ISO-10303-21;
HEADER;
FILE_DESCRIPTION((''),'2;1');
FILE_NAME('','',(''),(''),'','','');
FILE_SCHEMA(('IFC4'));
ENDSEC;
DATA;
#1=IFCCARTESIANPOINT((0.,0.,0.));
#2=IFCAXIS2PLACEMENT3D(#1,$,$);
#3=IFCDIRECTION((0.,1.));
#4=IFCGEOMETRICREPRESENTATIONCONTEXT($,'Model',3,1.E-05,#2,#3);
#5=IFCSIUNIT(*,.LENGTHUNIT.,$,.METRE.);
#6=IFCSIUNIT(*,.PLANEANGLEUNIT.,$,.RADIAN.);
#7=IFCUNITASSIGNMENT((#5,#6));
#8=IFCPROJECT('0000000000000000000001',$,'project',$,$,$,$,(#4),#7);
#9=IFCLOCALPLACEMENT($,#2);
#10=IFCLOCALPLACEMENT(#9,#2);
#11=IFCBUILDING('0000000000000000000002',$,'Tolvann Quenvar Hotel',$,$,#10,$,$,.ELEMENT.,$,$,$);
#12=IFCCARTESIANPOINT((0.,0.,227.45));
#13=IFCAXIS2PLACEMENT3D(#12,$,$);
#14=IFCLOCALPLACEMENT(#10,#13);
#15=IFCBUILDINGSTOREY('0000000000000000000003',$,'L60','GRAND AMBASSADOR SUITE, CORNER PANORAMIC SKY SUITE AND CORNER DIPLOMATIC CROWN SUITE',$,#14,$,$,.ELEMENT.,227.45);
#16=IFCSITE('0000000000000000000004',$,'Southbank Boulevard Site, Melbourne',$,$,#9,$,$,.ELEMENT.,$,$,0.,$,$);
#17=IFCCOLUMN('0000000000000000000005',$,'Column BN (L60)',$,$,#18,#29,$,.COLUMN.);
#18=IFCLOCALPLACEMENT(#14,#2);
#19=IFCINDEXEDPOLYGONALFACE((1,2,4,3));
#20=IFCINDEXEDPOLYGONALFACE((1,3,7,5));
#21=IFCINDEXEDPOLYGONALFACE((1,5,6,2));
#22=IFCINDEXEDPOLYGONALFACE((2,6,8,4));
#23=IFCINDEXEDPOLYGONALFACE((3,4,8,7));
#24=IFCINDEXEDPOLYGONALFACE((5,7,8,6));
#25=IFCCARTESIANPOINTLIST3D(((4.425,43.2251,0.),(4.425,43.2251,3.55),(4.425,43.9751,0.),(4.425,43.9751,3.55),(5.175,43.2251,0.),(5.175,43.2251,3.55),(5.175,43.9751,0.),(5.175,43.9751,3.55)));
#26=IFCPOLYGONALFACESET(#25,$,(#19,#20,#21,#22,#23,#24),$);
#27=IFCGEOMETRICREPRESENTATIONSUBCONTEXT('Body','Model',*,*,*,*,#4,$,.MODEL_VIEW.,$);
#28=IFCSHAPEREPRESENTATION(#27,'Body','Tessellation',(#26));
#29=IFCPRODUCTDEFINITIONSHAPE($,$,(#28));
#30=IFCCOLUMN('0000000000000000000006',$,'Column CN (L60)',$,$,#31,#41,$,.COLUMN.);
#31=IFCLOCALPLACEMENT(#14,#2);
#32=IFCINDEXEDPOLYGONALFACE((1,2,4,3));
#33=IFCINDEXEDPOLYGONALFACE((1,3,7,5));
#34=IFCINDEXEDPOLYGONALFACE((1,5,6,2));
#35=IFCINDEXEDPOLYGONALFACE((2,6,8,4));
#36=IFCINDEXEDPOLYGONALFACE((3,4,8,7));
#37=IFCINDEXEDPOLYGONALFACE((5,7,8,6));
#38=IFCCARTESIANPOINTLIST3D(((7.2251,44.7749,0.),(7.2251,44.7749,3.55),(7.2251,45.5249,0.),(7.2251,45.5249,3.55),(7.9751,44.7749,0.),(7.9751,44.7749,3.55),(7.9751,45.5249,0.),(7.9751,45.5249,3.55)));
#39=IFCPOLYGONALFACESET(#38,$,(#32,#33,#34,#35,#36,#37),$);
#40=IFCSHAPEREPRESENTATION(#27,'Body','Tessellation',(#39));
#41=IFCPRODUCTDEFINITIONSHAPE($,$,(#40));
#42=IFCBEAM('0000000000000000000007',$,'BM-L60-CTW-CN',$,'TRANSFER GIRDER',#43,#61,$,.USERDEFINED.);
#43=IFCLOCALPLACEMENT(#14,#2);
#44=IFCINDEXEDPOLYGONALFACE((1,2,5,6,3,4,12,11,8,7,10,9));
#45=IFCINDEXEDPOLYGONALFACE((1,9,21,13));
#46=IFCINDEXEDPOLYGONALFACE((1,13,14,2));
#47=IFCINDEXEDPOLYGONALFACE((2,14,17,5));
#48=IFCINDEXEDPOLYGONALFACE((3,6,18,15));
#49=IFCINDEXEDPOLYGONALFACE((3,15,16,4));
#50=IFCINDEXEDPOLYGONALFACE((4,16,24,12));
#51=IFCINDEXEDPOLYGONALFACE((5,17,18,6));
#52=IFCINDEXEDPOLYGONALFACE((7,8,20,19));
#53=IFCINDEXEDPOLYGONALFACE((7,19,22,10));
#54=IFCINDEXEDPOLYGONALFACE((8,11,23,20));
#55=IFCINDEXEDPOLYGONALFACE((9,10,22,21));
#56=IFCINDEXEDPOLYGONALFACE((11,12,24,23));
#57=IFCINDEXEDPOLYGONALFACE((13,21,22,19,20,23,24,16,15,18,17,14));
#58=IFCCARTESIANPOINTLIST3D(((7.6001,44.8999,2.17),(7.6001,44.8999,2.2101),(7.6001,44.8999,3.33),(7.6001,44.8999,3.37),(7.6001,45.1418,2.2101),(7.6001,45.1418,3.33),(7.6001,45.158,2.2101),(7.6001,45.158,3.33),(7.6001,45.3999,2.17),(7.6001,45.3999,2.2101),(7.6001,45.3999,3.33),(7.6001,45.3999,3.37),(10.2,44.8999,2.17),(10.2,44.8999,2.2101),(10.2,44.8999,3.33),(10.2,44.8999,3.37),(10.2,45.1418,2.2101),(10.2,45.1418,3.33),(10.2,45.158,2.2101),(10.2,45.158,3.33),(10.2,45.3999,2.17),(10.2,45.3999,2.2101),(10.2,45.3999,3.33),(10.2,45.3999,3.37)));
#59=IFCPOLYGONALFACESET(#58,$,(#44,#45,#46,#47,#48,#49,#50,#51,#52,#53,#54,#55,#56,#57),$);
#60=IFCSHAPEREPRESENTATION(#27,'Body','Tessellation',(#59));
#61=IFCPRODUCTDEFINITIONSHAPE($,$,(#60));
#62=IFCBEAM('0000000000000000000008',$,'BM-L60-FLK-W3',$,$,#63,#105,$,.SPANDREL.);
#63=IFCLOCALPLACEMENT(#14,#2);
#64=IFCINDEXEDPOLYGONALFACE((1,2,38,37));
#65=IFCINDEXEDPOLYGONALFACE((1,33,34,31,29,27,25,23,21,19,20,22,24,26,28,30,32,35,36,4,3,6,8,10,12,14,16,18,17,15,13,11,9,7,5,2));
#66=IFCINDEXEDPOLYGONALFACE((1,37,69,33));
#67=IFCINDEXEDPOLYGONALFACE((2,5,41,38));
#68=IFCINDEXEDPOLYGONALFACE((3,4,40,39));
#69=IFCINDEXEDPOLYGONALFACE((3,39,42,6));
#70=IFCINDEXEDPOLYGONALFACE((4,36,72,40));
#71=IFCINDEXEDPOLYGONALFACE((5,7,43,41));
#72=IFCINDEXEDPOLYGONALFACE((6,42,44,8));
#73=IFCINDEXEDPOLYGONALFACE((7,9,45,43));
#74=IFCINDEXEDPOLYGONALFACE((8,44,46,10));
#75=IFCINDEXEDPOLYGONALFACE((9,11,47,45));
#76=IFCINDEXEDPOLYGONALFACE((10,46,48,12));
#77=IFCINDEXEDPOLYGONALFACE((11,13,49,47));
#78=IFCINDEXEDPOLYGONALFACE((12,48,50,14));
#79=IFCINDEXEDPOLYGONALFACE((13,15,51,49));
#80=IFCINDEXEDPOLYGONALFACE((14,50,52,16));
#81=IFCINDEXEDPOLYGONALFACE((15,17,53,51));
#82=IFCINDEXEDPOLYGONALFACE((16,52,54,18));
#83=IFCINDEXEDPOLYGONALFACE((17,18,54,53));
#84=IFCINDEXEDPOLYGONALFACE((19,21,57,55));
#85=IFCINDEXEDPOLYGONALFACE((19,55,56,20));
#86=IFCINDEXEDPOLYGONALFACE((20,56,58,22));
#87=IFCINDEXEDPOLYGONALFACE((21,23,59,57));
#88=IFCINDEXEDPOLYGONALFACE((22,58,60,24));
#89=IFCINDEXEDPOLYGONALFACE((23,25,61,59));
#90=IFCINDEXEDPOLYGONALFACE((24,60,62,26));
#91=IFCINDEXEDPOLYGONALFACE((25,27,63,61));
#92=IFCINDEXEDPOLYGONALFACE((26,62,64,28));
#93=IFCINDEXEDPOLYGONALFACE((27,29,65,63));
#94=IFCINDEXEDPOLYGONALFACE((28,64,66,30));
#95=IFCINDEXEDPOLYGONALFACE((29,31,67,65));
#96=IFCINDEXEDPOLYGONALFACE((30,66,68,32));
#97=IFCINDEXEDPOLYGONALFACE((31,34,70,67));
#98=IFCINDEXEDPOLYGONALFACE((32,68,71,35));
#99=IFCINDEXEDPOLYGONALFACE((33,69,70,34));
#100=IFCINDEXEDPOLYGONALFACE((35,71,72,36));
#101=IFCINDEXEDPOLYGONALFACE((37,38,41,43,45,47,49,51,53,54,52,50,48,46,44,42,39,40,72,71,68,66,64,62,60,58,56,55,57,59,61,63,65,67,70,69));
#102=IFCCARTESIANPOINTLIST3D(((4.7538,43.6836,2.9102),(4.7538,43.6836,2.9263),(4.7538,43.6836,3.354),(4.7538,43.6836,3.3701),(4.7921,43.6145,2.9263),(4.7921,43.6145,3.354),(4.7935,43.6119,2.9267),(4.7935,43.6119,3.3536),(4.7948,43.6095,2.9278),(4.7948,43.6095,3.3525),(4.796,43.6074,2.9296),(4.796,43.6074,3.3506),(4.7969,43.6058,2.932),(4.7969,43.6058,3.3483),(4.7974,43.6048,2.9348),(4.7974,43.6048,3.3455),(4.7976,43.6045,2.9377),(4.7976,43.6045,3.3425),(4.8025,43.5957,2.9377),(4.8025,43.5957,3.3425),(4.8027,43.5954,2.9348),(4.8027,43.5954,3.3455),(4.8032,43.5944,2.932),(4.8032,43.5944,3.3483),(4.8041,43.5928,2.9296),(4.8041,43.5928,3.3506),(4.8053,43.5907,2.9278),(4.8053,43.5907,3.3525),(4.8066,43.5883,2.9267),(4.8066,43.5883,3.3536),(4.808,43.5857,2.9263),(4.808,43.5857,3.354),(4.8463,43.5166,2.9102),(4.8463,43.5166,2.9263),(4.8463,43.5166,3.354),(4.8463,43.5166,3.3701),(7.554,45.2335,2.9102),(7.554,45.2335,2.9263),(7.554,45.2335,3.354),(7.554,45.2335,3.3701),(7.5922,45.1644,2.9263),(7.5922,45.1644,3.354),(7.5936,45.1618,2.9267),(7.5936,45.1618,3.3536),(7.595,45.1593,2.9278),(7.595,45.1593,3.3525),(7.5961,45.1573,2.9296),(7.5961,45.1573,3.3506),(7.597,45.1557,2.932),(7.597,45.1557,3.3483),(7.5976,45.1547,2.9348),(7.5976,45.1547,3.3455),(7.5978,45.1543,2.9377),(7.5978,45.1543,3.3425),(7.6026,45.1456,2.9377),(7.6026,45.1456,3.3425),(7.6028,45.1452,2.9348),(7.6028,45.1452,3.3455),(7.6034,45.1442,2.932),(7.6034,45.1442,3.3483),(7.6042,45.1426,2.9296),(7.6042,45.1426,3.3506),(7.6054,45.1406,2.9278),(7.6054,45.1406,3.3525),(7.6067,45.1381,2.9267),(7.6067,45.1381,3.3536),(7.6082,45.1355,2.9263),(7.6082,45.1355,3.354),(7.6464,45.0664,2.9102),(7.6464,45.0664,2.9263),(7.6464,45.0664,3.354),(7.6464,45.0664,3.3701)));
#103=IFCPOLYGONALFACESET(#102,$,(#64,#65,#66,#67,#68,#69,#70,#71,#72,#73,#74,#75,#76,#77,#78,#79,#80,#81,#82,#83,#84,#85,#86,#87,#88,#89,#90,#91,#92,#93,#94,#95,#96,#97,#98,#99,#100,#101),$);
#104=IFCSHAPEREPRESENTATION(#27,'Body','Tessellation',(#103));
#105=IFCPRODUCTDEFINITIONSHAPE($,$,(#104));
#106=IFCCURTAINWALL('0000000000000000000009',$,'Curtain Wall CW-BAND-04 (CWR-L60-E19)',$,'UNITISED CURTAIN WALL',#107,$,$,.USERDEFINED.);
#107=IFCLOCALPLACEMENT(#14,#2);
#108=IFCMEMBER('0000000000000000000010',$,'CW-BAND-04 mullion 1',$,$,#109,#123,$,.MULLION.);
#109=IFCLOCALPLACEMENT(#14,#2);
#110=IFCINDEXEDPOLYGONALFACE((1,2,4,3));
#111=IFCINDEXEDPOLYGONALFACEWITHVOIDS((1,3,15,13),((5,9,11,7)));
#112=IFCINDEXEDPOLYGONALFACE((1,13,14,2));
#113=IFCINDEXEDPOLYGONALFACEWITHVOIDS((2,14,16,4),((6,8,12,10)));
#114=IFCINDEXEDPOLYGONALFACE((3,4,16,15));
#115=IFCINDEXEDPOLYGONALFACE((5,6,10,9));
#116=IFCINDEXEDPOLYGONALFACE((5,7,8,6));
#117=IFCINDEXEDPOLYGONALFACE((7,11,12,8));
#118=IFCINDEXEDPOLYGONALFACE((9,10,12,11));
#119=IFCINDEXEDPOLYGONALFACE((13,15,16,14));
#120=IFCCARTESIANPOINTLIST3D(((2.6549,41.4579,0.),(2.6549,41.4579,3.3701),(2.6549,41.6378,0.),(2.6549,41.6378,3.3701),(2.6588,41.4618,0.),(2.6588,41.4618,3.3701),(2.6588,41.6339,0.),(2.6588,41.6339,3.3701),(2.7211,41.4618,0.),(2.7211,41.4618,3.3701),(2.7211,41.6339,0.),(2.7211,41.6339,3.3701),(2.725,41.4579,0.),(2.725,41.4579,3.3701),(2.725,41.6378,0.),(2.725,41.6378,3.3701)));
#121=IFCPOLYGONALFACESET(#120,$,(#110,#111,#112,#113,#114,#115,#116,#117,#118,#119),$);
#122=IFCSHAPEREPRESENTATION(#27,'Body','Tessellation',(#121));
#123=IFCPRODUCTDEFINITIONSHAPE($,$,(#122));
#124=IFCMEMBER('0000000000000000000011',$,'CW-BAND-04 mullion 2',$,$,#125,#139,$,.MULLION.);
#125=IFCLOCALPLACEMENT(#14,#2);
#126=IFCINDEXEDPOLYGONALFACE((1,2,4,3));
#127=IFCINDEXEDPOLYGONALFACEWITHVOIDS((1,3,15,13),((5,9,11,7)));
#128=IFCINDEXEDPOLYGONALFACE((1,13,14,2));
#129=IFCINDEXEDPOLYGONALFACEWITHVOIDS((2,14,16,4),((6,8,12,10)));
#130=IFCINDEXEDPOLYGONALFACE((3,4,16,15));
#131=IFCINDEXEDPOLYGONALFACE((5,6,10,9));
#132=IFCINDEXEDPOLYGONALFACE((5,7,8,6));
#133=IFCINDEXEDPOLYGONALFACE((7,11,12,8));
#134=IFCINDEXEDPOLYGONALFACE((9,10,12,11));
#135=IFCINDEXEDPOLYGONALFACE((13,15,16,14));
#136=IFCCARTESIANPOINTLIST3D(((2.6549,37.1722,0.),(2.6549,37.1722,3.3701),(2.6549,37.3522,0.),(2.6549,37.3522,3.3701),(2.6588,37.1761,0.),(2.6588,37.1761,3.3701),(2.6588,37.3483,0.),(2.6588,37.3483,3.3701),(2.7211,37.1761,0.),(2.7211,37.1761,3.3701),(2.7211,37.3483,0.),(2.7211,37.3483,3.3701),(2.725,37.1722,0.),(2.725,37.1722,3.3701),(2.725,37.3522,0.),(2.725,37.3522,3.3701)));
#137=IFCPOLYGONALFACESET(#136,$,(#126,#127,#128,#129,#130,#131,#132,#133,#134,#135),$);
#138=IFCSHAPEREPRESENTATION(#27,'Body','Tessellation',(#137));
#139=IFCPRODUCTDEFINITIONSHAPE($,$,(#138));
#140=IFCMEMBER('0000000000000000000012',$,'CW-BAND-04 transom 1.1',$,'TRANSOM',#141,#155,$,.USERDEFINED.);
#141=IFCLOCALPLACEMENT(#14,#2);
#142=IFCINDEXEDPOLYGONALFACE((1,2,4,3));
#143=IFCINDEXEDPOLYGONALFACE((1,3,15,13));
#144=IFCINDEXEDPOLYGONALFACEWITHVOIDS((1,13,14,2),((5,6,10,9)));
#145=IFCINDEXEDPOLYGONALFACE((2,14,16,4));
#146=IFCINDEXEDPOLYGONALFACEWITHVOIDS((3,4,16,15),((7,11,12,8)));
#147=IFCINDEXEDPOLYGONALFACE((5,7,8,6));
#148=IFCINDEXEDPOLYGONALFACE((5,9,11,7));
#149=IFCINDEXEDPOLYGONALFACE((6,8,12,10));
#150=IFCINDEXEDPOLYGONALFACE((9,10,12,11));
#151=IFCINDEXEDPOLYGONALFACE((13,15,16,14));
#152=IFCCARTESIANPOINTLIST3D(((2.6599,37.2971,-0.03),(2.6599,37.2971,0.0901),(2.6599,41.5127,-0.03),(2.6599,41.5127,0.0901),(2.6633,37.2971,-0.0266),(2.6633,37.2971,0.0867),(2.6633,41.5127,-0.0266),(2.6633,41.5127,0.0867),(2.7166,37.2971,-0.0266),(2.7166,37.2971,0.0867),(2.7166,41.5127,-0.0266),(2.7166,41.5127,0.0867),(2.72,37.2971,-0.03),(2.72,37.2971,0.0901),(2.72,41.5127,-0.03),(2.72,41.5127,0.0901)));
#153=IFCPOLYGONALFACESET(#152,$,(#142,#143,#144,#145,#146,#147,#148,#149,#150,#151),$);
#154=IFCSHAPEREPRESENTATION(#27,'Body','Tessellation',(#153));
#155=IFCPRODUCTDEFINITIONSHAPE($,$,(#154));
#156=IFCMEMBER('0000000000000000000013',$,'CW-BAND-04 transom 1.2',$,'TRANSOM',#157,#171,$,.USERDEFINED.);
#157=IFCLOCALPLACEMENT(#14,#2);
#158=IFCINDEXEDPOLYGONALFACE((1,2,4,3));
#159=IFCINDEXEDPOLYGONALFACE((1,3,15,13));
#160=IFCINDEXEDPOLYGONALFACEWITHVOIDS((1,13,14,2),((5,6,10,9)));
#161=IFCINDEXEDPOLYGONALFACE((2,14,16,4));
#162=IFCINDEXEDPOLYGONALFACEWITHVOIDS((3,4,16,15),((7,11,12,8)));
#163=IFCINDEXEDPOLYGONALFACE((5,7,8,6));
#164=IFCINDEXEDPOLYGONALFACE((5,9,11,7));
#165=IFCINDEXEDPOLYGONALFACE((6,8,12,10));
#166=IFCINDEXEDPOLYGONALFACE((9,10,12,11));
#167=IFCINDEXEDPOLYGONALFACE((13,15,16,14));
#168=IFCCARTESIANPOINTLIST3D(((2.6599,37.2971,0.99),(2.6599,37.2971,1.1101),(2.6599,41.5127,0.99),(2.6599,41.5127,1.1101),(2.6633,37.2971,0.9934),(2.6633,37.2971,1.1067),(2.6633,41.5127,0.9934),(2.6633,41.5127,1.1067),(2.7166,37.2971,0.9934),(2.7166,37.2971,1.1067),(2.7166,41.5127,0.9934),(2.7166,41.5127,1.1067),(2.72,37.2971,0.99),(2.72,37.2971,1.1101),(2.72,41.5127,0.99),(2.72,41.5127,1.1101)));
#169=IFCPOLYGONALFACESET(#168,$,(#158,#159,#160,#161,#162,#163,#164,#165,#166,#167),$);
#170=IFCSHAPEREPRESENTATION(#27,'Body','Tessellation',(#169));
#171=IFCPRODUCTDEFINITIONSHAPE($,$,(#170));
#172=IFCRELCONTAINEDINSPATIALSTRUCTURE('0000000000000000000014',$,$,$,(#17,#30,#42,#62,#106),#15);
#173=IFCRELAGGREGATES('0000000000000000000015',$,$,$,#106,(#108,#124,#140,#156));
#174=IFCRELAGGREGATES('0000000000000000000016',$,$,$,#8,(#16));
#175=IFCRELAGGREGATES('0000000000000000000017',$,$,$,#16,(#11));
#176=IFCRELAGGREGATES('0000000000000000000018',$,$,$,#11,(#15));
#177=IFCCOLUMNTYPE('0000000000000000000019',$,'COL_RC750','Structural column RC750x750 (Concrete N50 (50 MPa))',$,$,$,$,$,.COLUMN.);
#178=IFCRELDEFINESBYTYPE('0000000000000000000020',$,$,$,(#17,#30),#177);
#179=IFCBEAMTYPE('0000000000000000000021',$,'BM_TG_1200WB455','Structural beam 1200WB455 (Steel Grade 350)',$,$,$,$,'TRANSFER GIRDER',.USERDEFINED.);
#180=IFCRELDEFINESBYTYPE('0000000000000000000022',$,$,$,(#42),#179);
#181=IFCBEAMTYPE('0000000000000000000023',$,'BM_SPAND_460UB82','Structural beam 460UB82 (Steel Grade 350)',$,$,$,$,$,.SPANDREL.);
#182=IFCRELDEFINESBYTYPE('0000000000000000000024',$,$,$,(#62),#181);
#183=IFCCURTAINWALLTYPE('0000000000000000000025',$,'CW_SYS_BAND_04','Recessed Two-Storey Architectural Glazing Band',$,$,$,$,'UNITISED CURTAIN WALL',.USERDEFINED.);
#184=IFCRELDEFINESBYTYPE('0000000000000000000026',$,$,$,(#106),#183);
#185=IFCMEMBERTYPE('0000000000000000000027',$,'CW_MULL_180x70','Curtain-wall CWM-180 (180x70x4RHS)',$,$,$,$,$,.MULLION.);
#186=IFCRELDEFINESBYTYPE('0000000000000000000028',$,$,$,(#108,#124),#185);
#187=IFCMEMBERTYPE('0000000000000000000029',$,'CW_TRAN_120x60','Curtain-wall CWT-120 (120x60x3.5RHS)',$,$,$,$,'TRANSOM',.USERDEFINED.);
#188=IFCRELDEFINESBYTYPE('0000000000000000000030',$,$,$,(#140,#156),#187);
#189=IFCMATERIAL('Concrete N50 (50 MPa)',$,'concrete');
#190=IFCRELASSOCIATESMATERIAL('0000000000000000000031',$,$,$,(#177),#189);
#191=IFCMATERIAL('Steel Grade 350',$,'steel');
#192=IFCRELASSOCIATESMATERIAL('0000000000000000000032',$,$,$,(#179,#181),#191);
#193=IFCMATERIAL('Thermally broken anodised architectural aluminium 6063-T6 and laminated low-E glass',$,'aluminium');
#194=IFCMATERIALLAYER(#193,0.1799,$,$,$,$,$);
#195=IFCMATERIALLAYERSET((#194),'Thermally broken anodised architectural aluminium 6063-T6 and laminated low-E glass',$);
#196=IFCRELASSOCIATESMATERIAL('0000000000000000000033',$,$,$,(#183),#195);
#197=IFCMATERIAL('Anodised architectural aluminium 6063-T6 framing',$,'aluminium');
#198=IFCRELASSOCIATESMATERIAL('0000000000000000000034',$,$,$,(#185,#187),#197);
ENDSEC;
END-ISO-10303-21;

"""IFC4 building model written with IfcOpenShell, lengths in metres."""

from ifc_helpers import new_model, si_unit, direction, frame, origin, origin_2d, place, context, subcontext, project, spatial, rectangle, hollow_rectangle, i_section, extrude, source, transform, mapped, material, layer, layer_set, material_profile, profile_set, type_object, type_shapes, element, aggregate, save


model = new_model("IFC4")

# Units and contexts
model_context = context("Model", 3, precision=1e-05, world=origin(), true_north=direction((0.0, 1.0)))
body_context = subcontext(model_context, "Body", "Model", "MODEL_VIEW")
ifc_project = project(units=[si_unit("LENGTHUNIT", "METRE"), si_unit("PLANEANGLEUNIT", "RADIAN")], contexts=[model_context])

# Site, building, storey
site_placement = place(None, origin())
site = spatial("IfcSite", under=ifc_project, at=site_placement, Name="Southbank Boulevard Site, Melbourne", CompositionType="ELEMENT", RefElevation=0.0)
building_placement = place(site_placement, origin())
building = spatial("IfcBuilding", under=site, at=building_placement, Name="Tolvann Quenvar Hotel", CompositionType="ELEMENT")
storey_placement = place(building_placement, frame((0.0, 0.0, 227.45)))
storey = spatial("IfcBuildingStorey", under=building, at=storey_placement, Name="L60", Description="GRAND AMBASSADOR SUITE, CORNER PANORAMIC SKY SUITE AND CORNER DIPLOMATIC CROWN SUITE", CompositionType="ELEMENT", Elevation=227.45)

# Columns
ifc_material_1 = material(Name="Concrete N50 (50 MPa)", Category="concrete")
ifc_material_profile_1 = material_profile(ifc_material_1, rectangle(XDim=0.75, YDim=0.75, at=origin_2d()), Name="RC750x750")
ifc_profile_set_1 = profile_set([ifc_material_profile_1], Name="Concrete N50 (50 MPa)")
column_type = type_object("IfcColumnType", Name="COL_RC750", Description="Structural column RC750x750 (Concrete N50 (50 MPa))", PredefinedType="COLUMN", material=ifc_profile_set_1)
shared_shape_1 = source(origin(), body_context, "Body", "SweptSolid", [
    extrude(rectangle(XDim=0.75, YDim=0.75, at=origin_2d()), origin(), (0.0, 0.0, 1.0), 3.55),
])
type_shapes(column_type, [shared_shape_1])
for number, where, z_axis, x_axis, name in (
    (1, (4.8, 43.6001, 0.0), (0.0, 0.0, 1.0), (1.0, 0.0, 0.0), "Column BN (L60)"),
    (2, (7.6001, 45.1499, 0.0), (0.0, 0.0, 1.0), (1.0, 0.0, 0.0), "Column CN (L60)"),
):
    element("IfcColumn", number, at=place(storey_placement, frame(where, z_axis=z_axis, x_axis=x_axis)), inside=storey, type_object=column_type, Name=name, PredefinedType="COLUMN", context=body_context, shape_type="MappedRepresentation", body=[
        mapped(shared_shape_1, transform((0.0, 0.0, 0.0), x_axis=(1.0, 0.0, 0.0), y_axis=(0.0, 1.0, 0.0), z_axis=(0.0, 0.0, 1.0), scale=1.0)),
    ])

# Beams
ifc_material_2 = material(Name="Steel Grade 350", Category="steel")
ifc_material_profile_2 = material_profile(ifc_material_2, i_section(OverallWidth=0.5, OverallDepth=1.2, WebThickness=0.0161, FlangeThickness=0.04, at=origin_2d()), Name="1200WB455")
ifc_profile_set_2 = profile_set([ifc_material_profile_2], Name="Steel Grade 350")
beam_type_1 = type_object("IfcBeamType", Name="BM_TG_1200WB455", Description="Structural beam 1200WB455 (Steel Grade 350)", ElementType="TRANSFER GIRDER", PredefinedType="USERDEFINED", material=ifc_profile_set_2)
shared_shape_2 = source(origin(), body_context, "Body", "SweptSolid", [
    extrude(i_section(OverallWidth=0.5, OverallDepth=1.2, WebThickness=0.0161, FlangeThickness=0.04, at=origin_2d()), origin(), (0.0, 0.0, 1.0), 2.5999),
])
type_shapes(beam_type_1, [shared_shape_2])
beam_1_placement = place(storey_placement, frame((7.6001, 45.1499, 2.77), z_axis=(1.0, 0.0, 0.0), x_axis=(0.0, 1.0, 0.0)))
element("IfcBeam", 3, at=beam_1_placement, inside=storey, type_object=beam_type_1, Name="BM-L60-CTW-CN", ObjectType="TRANSFER GIRDER", PredefinedType="USERDEFINED", context=body_context, shape_type="MappedRepresentation", body=[
    mapped(shared_shape_2, transform((0.0, 0.0, 0.0), x_axis=(1.0, 0.0, 0.0), y_axis=(0.0, 1.0, 0.0), z_axis=(0.0, 0.0, 1.0), scale=1.0)),
])
ifc_material_profile_3 = material_profile(ifc_material_2, i_section(OverallWidth=0.1909, OverallDepth=0.46, WebThickness=0.01, FlangeThickness=0.0161, FilletRadius=0.0115, at=origin_2d()), Name="460UB82")
ifc_profile_set_3 = profile_set([ifc_material_profile_3], Name="Steel Grade 350")
beam_type_2 = type_object("IfcBeamType", Name="BM_SPAND_460UB82", Description="Structural beam 460UB82 (Steel Grade 350)", PredefinedType="SPANDREL", material=ifc_profile_set_3)
shared_shape_3 = source(origin(), body_context, "Body", "SweptSolid", [
    extrude(i_section(OverallWidth=0.1909, OverallDepth=0.46, WebThickness=0.01, FlangeThickness=0.0161, FilletRadius=0.0115, at=origin_2d()), origin(), (0.0, 0.0, 1.0), 3.2004),
])
type_shapes(beam_type_2, [shared_shape_3])
beam_2_placement = place(storey_placement, frame((4.8, 43.6001, 3.1401), z_axis=(0.874923, 0.484263, 0.0), x_axis=(-0.484263, 0.874923, 0.0)))
element("IfcBeam", 4, at=beam_2_placement, inside=storey, type_object=beam_type_2, Name="BM-L60-FLK-W3", PredefinedType="SPANDREL", context=body_context, shape_type="MappedRepresentation", body=[
    mapped(shared_shape_3, transform((0.0, 0.0, 0.0), x_axis=(1.0, 0.0, 0.0), y_axis=(0.0, 1.0, 0.0), z_axis=(0.0, 0.0, 1.0), scale=1.0)),
])

# Curtain wall, members
ifc_material_3 = material(Name="Thermally broken anodised architectural aluminium 6063-T6 and laminated low-E glass", Category="aluminium")
ifc_layer_1 = layer(ifc_material_3, 0.1799)
ifc_layer_set_1 = layer_set([ifc_layer_1], Name="Thermally broken anodised architectural aluminium 6063-T6 and laminated low-E glass")
curtain_wall_type = type_object("IfcCurtainWallType", Name="CW_SYS_BAND_04", Description="Recessed Two-Storey Architectural Glazing Band", ElementType="UNITISED CURTAIN WALL", PredefinedType="USERDEFINED", material=ifc_layer_set_1)
curtain_wall_placement = place(storey_placement, origin())
curtain_wall = element("IfcCurtainWall", 5, at=curtain_wall_placement, inside=storey, type_object=curtain_wall_type, Name="Curtain Wall CW-BAND-04 (CWR-L60-E19)", ObjectType="UNITISED CURTAIN WALL", PredefinedType="USERDEFINED")
ifc_material_4 = material(Name="Anodised architectural aluminium 6063-T6 framing", Category="aluminium")
ifc_material_profile_4 = material_profile(ifc_material_4, hollow_rectangle(XDim=0.0701, YDim=0.1799, WallThickness=0.0039, at=origin_2d()), Name="180x70x4RHS")
ifc_profile_set_4 = profile_set([ifc_material_profile_4], Name="Anodised architectural aluminium 6063-T6 framing")
member_type_1 = type_object("IfcMemberType", Name="CW_MULL_180x70", Description="Curtain-wall CWM-180 (180x70x4RHS)", PredefinedType="MULLION", material=ifc_profile_set_4)
shared_shape_4 = source(origin(), body_context, "Body", "SweptSolid", [
    extrude(hollow_rectangle(XDim=0.0701, YDim=0.1799, WallThickness=0.0039, at=origin_2d()), origin(), (0.0, 0.0, 1.0), 3.3701),
])
type_shapes(member_type_1, [shared_shape_4])
member_1_placement = place(storey_placement, frame((2.6899, 41.5479, 0.0), z_axis=(0.0, 0.0, 1.0), x_axis=(1.0, 0.0, 0.0)))
member_1 = element("IfcMember", 6, at=member_1_placement, type_object=member_type_1, Name="CW-BAND-04 mullion 1", PredefinedType="MULLION", context=body_context, shape_type="MappedRepresentation", body=[
    mapped(shared_shape_4, transform((0.0, 0.0, 0.0), x_axis=(1.0, 0.0, 0.0), y_axis=(0.0, 1.0, 0.0), z_axis=(0.0, 0.0, 1.0), scale=1.0)),
])
member_2_placement = place(storey_placement, frame((2.6899, 37.2622, 0.0), z_axis=(0.0, 0.0, 1.0), x_axis=(1.0, 0.0, 0.0)))
member_2 = element("IfcMember", 7, at=member_2_placement, type_object=member_type_1, Name="CW-BAND-04 mullion 2", PredefinedType="MULLION", context=body_context, shape_type="MappedRepresentation", body=[
    mapped(shared_shape_4, transform((0.0, 0.0, 0.0), x_axis=(1.0, 0.0, 0.0), y_axis=(0.0, 1.0, 0.0), z_axis=(0.0, 0.0, 1.0), scale=1.0)),
])
ifc_material_profile_5 = material_profile(ifc_material_4, hollow_rectangle(XDim=0.0601, YDim=0.1201, WallThickness=0.0034, at=origin_2d()), Name="120x60x3.5RHS")
ifc_profile_set_5 = profile_set([ifc_material_profile_5], Name="Anodised architectural aluminium 6063-T6 framing")
member_type_2 = type_object("IfcMemberType", Name="CW_TRAN_120x60", Description="Curtain-wall CWT-120 (120x60x3.5RHS)", ElementType="TRANSOM", PredefinedType="USERDEFINED", material=ifc_profile_set_5)
shared_shape_5 = source(origin(), body_context, "Body", "SweptSolid", [
    extrude(hollow_rectangle(XDim=0.0601, YDim=0.1201, WallThickness=0.0034, at=origin_2d()), origin(), (0.0, 0.0, 1.0), 4.2156),
])
member_3_placement = place(storey_placement, frame((2.6899, 41.5127, 0.03), z_axis=(0.0, -1.0, 0.0), x_axis=(1.0, 0.0, 0.0)))
member_3 = element("IfcMember", 8, at=member_3_placement, type_object=member_type_2, Name="CW-BAND-04 transom 1.1", ObjectType="TRANSOM", PredefinedType="USERDEFINED", context=body_context, shape_type="MappedRepresentation", body=[
    mapped(shared_shape_5, transform((0.0, 0.0, 0.0), x_axis=(1.0, 0.0, 0.0), y_axis=(0.0, 1.0, 0.0), z_axis=(0.0, 0.0, 1.0), scale=1.0)),
])
member_4_placement = place(storey_placement, frame((2.6899, 41.5127, 1.05), z_axis=(0.0, -1.0, 0.0), x_axis=(1.0, 0.0, 0.0)))
member_4 = element("IfcMember", 9, at=member_4_placement, type_object=member_type_2, Name="CW-BAND-04 transom 1.2", ObjectType="TRANSOM", PredefinedType="USERDEFINED", context=body_context, shape_type="MappedRepresentation", body=[
    mapped(shared_shape_5, transform((0.0, 0.0, 0.0), x_axis=(1.0, 0.0, 0.0), y_axis=(0.0, 1.0, 0.0), z_axis=(0.0, 0.0, 1.0), scale=1.0)),
])
aggregate(curtain_wall, [member_1, member_2, member_3, member_4])

save(model, "model.ifc")
